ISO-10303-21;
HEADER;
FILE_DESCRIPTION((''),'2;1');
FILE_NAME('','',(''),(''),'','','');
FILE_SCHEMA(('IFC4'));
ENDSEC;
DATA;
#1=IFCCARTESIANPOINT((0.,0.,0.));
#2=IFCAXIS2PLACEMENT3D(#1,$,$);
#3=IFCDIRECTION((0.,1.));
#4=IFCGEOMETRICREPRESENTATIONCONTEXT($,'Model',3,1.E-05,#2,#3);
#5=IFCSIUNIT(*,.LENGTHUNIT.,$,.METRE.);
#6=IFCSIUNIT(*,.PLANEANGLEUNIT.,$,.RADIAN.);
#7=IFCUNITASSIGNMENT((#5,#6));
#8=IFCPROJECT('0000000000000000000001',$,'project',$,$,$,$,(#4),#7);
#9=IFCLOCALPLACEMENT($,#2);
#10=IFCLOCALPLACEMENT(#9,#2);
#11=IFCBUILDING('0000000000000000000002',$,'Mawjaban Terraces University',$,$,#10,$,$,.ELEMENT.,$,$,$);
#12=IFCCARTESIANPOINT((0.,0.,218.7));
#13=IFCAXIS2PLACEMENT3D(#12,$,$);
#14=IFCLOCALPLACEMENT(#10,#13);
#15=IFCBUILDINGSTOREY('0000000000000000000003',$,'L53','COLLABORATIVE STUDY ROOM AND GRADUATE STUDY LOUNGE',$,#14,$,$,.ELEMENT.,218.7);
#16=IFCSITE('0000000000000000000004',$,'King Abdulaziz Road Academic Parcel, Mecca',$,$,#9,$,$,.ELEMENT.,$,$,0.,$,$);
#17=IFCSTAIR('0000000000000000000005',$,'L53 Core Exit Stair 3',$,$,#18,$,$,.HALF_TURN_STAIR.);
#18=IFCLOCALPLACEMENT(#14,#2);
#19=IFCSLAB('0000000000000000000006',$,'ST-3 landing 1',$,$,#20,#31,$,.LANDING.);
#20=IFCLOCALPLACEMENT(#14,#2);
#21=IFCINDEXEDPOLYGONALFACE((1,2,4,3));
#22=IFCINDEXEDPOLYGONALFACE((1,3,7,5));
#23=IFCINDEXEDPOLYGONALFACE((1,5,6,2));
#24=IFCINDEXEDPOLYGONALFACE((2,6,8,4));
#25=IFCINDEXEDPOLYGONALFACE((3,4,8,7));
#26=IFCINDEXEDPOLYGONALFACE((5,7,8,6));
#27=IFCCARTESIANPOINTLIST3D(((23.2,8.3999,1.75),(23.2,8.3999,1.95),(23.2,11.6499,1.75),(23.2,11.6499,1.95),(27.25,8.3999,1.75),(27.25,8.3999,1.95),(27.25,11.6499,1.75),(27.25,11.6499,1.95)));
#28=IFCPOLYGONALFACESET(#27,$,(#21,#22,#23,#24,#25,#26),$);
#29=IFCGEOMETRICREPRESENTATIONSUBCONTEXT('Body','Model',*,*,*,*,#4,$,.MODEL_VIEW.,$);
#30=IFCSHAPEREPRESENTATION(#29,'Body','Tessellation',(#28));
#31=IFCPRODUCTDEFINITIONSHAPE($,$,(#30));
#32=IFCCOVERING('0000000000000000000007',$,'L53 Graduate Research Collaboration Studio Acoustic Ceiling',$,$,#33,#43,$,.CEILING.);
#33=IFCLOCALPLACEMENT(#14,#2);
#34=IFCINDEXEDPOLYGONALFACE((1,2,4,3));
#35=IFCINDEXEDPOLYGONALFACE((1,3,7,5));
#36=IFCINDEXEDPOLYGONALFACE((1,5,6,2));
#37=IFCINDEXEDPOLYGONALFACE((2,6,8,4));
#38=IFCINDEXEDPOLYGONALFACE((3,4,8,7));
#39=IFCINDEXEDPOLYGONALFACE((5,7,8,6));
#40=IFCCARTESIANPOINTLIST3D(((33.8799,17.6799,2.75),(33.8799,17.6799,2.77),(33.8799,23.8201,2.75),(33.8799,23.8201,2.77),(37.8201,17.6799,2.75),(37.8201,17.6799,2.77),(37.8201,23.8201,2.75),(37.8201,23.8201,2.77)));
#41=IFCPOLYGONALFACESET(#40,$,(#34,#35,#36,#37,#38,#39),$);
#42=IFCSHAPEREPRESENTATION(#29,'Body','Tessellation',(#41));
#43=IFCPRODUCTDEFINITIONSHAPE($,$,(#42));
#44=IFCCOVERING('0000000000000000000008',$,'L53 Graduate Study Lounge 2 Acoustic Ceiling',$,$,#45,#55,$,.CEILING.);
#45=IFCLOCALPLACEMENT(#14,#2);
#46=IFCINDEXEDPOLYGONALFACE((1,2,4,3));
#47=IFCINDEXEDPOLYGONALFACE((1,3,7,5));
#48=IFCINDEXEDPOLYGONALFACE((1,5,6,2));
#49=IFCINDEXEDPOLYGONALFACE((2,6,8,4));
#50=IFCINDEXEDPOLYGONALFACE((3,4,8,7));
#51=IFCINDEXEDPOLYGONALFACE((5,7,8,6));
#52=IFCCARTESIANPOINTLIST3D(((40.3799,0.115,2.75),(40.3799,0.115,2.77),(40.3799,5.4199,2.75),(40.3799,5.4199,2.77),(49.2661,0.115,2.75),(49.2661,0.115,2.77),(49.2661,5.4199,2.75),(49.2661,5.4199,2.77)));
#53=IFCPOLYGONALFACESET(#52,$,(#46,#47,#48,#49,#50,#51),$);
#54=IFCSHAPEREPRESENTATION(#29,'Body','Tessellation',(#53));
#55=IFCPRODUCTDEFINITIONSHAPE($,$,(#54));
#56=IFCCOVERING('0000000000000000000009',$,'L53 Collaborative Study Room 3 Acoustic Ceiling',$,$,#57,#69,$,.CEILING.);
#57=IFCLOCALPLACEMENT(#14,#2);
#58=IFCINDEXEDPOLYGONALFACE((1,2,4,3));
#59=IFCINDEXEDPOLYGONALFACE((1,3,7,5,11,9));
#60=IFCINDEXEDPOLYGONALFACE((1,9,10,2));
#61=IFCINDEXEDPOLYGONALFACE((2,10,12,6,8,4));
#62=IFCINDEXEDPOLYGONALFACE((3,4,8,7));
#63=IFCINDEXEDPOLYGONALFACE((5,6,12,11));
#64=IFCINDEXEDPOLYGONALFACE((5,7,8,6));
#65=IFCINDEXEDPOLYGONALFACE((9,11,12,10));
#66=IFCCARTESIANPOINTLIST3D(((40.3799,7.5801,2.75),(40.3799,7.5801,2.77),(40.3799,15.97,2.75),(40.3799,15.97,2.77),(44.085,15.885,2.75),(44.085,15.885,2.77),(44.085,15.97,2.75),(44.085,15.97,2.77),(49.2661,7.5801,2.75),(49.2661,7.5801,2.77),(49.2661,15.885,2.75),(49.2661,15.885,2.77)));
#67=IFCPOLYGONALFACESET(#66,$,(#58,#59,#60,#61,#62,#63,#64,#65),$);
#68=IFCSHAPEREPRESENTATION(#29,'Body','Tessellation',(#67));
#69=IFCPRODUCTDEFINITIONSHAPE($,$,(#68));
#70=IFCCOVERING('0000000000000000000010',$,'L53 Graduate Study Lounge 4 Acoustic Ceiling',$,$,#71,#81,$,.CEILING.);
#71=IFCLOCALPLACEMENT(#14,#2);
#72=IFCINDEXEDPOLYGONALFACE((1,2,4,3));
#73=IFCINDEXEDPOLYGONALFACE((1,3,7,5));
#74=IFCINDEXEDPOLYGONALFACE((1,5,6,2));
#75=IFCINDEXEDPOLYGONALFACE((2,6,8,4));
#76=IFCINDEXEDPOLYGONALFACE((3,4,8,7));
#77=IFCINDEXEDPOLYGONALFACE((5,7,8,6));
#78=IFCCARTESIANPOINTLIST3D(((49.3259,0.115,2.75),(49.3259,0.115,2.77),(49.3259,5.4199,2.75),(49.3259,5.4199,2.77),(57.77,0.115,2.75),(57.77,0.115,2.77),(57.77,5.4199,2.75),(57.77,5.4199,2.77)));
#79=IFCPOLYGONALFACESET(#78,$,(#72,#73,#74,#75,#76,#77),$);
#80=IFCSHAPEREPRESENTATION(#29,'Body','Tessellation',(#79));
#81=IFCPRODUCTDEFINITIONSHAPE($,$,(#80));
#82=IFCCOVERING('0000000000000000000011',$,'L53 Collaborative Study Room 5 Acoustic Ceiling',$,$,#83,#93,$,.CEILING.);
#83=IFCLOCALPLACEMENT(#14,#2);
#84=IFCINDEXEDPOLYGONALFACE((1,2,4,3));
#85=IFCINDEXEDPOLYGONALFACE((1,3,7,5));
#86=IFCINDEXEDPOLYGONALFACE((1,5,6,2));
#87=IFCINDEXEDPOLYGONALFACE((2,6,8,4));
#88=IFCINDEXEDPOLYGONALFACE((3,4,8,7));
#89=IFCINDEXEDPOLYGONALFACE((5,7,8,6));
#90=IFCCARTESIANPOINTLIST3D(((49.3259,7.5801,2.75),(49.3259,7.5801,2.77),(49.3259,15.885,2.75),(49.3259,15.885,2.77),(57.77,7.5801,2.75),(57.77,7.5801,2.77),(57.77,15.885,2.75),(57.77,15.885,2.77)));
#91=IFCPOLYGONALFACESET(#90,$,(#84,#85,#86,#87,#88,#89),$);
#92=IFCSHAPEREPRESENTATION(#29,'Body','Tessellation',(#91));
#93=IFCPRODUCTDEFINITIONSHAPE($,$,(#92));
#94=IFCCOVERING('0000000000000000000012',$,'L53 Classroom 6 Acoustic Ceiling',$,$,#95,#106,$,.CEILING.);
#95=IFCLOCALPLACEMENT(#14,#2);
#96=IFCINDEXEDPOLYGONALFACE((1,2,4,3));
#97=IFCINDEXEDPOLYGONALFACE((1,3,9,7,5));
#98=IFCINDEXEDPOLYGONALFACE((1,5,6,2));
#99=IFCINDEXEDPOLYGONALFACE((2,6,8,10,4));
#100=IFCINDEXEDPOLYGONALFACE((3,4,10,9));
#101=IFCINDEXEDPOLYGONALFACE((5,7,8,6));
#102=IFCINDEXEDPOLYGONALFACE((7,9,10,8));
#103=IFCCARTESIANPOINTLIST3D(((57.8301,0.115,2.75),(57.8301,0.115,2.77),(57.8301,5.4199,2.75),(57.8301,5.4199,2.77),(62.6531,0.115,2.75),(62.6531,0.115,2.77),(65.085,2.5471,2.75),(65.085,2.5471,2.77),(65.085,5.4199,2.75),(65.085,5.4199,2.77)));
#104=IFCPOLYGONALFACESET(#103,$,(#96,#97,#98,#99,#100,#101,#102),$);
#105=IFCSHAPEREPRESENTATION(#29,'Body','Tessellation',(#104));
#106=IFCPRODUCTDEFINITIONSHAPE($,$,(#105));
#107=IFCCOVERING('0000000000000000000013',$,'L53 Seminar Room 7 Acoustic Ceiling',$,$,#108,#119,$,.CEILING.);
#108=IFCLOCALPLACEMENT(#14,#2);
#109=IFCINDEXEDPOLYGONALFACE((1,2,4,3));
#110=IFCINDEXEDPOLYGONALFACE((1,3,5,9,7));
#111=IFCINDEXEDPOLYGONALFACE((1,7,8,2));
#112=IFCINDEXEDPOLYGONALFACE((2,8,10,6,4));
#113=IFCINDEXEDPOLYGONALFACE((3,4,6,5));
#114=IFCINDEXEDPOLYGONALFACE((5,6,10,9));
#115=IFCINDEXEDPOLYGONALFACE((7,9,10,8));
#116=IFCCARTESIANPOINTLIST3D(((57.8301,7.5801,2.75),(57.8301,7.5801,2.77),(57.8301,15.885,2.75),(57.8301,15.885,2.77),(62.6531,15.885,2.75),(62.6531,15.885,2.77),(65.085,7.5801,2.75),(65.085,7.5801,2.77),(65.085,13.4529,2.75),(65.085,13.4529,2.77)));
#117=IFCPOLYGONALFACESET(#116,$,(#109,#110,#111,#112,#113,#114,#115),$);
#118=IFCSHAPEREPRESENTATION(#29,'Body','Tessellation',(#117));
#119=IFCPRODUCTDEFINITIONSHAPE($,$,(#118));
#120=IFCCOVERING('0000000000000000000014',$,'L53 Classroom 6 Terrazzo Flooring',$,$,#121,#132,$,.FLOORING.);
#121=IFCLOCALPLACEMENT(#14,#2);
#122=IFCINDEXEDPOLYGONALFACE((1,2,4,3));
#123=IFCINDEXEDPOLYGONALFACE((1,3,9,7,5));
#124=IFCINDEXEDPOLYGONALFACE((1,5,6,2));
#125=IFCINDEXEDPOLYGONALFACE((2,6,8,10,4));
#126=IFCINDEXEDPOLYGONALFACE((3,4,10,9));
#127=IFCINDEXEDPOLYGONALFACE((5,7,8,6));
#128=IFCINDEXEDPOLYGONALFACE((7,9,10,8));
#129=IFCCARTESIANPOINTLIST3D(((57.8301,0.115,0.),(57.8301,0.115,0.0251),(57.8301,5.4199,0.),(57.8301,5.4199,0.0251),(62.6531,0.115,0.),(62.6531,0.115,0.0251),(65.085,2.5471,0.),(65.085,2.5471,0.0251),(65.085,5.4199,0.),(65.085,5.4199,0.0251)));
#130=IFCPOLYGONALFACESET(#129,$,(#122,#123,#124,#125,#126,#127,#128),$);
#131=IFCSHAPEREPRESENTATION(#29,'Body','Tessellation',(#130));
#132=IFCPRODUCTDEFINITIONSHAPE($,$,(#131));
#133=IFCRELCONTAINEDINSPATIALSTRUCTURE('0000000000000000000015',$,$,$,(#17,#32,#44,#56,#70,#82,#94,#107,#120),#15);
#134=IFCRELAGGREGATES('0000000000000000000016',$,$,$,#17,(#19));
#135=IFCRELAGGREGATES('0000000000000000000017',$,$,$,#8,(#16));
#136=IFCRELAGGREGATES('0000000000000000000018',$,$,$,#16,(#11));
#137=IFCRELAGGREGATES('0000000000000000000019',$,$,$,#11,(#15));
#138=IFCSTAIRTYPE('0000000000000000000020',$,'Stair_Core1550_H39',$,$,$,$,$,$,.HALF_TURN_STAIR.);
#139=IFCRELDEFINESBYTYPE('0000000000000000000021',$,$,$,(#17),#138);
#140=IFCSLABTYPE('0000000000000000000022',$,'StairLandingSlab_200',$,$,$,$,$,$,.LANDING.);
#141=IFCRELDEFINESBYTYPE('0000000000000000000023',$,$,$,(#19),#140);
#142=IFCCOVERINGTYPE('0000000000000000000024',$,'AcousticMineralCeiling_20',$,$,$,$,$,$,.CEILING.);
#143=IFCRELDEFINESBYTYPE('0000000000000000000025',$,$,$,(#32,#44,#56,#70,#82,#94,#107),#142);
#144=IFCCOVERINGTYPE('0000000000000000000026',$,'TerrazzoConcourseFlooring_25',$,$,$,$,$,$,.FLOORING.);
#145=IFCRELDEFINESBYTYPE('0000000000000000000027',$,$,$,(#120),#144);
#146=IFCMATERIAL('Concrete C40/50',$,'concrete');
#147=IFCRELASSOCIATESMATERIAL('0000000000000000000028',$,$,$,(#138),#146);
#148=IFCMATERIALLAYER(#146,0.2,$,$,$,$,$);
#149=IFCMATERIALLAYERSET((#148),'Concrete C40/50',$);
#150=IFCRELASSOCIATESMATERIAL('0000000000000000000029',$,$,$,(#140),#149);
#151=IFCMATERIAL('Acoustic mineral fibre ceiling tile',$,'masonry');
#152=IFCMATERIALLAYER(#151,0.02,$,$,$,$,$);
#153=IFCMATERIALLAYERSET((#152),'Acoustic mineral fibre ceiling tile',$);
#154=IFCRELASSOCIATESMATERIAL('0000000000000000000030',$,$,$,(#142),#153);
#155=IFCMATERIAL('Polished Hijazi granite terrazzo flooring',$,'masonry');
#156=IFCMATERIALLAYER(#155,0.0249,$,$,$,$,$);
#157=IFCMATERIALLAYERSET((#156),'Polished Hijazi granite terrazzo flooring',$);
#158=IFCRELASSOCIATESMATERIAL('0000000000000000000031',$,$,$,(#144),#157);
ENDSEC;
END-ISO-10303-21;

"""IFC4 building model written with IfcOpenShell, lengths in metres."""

from ifc_helpers import new_model, si_unit, direction, frame, origin, place, context, subcontext, project, spatial, polyline, outline, extrude, material, layer, layer_set, type_object, element, aggregate, save


model = new_model("IFC4")

# Units and contexts
model_context = context("Model", 3, precision=1e-05, world=origin(), true_north=direction((0.0, 1.0)))
body_context = subcontext(model_context, "Body", "Model", "MODEL_VIEW")
ifc_project = project(units=[si_unit("LENGTHUNIT", "METRE"), si_unit("PLANEANGLEUNIT", "RADIAN")], contexts=[model_context])

# Site, building, storey
site_placement = place(None, origin())
site = spatial("IfcSite", under=ifc_project, at=site_placement, Name="King Abdulaziz Road Academic Parcel, Mecca", CompositionType="ELEMENT", RefElevation=0.0)
building_placement = place(site_placement, origin())
building = spatial("IfcBuilding", under=site, at=building_placement, Name="Mawjaban Terraces University", CompositionType="ELEMENT")
storey_placement = place(building_placement, frame((0.0, 0.0, 218.7)))
storey = spatial("IfcBuildingStorey", under=building, at=storey_placement, Name="L53", Description="COLLABORATIVE STUDY ROOM AND GRADUATE STUDY LOUNGE", CompositionType="ELEMENT", Elevation=218.7)

# Shared definitions
ifc_material_1 = material(Name="Concrete C40/50", Category="concrete")

# Stair, slab
stair_type = type_object("IfcStairType", Name="Stair_Core1550_H39", PredefinedType="HALF_TURN_STAIR", material=ifc_material_1)
ifc_layer_1 = layer(ifc_material_1, 0.2)
ifc_layer_set_1 = layer_set([ifc_layer_1], Name="Concrete C40/50")
slab_type_1 = type_object("IfcSlabType", Name="StairLandingSlab_200", PredefinedType="LANDING", material=ifc_layer_set_1)
stair_1_placement = place(storey_placement, origin())
stair_1 = element("IfcStair", 1, at=stair_1_placement, inside=storey, type_object=stair_type, Name="L53 Core Exit Stair 3", PredefinedType="HALF_TURN_STAIR")
slab_1_placement = place(storey_placement, frame((0.0, 0.0, 1.75)))
slab_1 = element("IfcSlab", 2, at=slab_1_placement, type_object=slab_type_1, Name="ST-3 landing 1", PredefinedType="LANDING", context=body_context, shape_type="SweptSolid", body=[
    extrude(outline(polyline([(27.25, 11.6499), (23.2, 11.6499), (23.2, 8.3999), (27.25, 8.3999), (27.25, 11.6499)])), origin(), (0.0, 0.0, 1.0), 0.2),
])
aggregate(stair_1, [slab_1])

# Coverings
ifc_material_2 = material(Name="Acoustic mineral fibre ceiling tile", Category="masonry")
ifc_layer_2 = layer(ifc_material_2, 0.02)
ifc_layer_set_2 = layer_set([ifc_layer_2], Name="Acoustic mineral fibre ceiling tile")
covering_type_1 = type_object("IfcCoveringType", Name="AcousticMineralCeiling_20", PredefinedType="CEILING", material=ifc_layer_set_2)
covering_1_placement = place(storey_placement, frame((0.0, 0.0, 2.75)))
element("IfcCovering", 3, at=covering_1_placement, inside=storey, type_object=covering_type_1, Name="L53 Graduate Research Collaboration Studio Acoustic Ceiling", PredefinedType="CEILING", context=body_context, shape_type="SweptSolid", body=[
    extrude(outline(polyline([(37.8201, 17.6799), (37.8201, 23.8201), (33.8799, 23.8201), (33.8799, 17.6799), (37.8201, 17.6799)])), origin(), (0.0, 0.0, 1.0), 0.02),
])
covering_2_placement = place(storey_placement, frame((0.0, 0.0, 2.75)))
element("IfcCovering", 4, at=covering_2_placement, inside=storey, type_object=covering_type_1, Name="L53 Graduate Study Lounge 2 Acoustic Ceiling", PredefinedType="CEILING", context=body_context, shape_type="SweptSolid", body=[
    extrude(outline(polyline([(40.3799, 0.115), (49.2661, 0.115), (49.2661, 5.4199), (40.3799, 5.4199), (40.3799, 0.115)])), origin(), (0.0, 0.0, 1.0), 0.02),
])
covering_3_placement = place(storey_placement, frame((0.0, 0.0, 2.75)))
element("IfcCovering", 5, at=covering_3_placement, inside=storey, type_object=covering_type_1, Name="L53 Collaborative Study Room 3 Acoustic Ceiling", PredefinedType="CEILING", context=body_context, shape_type="SweptSolid", body=[
    extrude(outline(polyline([(49.2661, 15.885), (44.085, 15.885), (44.085, 15.97), (40.3799, 15.97), (40.3799, 7.5801), (49.2661, 7.5801), (49.2661, 15.885)])), origin(), (0.0, 0.0, 1.0), 0.02),
])
covering_4_placement = place(storey_placement, frame((0.0, 0.0, 2.75)))
element("IfcCovering", 6, at=covering_4_placement, inside=storey, type_object=covering_type_1, Name="L53 Graduate Study Lounge 4 Acoustic Ceiling", PredefinedType="CEILING", context=body_context, shape_type="SweptSolid", body=[
    extrude(outline(polyline([(49.3259, 0.115), (57.77, 0.115), (57.77, 5.4199), (49.3259, 5.4199), (49.3259, 0.115)])), origin(), (0.0, 0.0, 1.0), 0.02),
])
covering_5_placement = place(storey_placement, frame((0.0, 0.0, 2.75)))
element("IfcCovering", 7, at=covering_5_placement, inside=storey, type_object=covering_type_1, Name="L53 Collaborative Study Room 5 Acoustic Ceiling", PredefinedType="CEILING", context=body_context, shape_type="SweptSolid", body=[
    extrude(outline(polyline([(57.77, 15.885), (49.3259, 15.885), (49.3259, 7.5801), (57.77, 7.5801), (57.77, 15.885)])), origin(), (0.0, 0.0, 1.0), 0.02),
])
covering_6_placement = place(storey_placement, frame((0.0, 0.0, 2.75)))
element("IfcCovering", 8, at=covering_6_placement, inside=storey, type_object=covering_type_1, Name="L53 Classroom 6 Acoustic Ceiling", PredefinedType="CEILING", context=body_context, shape_type="SweptSolid", body=[
    extrude(outline(polyline([(57.8301, 0.115), (62.6531, 0.115), (65.085, 2.5471), (65.085, 5.4199), (57.8301, 5.4199), (57.8301, 0.115)])), origin(), (0.0, 0.0, 1.0), 0.02),
])
covering_7_placement = place(storey_placement, frame((0.0, 0.0, 2.75)))
element("IfcCovering", 9, at=covering_7_placement, inside=storey, type_object=covering_type_1, Name="L53 Seminar Room 7 Acoustic Ceiling", PredefinedType="CEILING", context=body_context, shape_type="SweptSolid", body=[
    extrude(outline(polyline([(65.085, 7.5801), (65.085, 13.4529), (62.6531, 15.885), (57.8301, 15.885), (57.8301, 7.5801), (65.085, 7.5801)])), origin(), (0.0, 0.0, 1.0), 0.02),
])
ifc_material_3 = material(Name="Polished Hijazi granite terrazzo flooring", Category="masonry")
ifc_layer_3 = layer(ifc_material_3, 0.0249)
ifc_layer_set_3 = layer_set([ifc_layer_3], Name="Polished Hijazi granite terrazzo flooring")
covering_type_2 = type_object("IfcCoveringType", Name="TerrazzoConcourseFlooring_25", PredefinedType="FLOORING", material=ifc_layer_set_3)
covering_8_placement = place(storey_placement, origin())
element("IfcCovering", 10, at=covering_8_placement, inside=storey, type_object=covering_type_2, Name="L53 Classroom 6 Terrazzo Flooring", PredefinedType="FLOORING", context=body_context, shape_type="SweptSolid", body=[
    extrude(outline(polyline([(57.8301, 0.115), (62.6531, 0.115), (65.085, 2.5471), (65.085, 5.4199), (57.8301, 5.4199), (57.8301, 0.115)])), origin(), (0.0, 0.0, 1.0), 0.0251),
])

save(model, "model.ifc")
